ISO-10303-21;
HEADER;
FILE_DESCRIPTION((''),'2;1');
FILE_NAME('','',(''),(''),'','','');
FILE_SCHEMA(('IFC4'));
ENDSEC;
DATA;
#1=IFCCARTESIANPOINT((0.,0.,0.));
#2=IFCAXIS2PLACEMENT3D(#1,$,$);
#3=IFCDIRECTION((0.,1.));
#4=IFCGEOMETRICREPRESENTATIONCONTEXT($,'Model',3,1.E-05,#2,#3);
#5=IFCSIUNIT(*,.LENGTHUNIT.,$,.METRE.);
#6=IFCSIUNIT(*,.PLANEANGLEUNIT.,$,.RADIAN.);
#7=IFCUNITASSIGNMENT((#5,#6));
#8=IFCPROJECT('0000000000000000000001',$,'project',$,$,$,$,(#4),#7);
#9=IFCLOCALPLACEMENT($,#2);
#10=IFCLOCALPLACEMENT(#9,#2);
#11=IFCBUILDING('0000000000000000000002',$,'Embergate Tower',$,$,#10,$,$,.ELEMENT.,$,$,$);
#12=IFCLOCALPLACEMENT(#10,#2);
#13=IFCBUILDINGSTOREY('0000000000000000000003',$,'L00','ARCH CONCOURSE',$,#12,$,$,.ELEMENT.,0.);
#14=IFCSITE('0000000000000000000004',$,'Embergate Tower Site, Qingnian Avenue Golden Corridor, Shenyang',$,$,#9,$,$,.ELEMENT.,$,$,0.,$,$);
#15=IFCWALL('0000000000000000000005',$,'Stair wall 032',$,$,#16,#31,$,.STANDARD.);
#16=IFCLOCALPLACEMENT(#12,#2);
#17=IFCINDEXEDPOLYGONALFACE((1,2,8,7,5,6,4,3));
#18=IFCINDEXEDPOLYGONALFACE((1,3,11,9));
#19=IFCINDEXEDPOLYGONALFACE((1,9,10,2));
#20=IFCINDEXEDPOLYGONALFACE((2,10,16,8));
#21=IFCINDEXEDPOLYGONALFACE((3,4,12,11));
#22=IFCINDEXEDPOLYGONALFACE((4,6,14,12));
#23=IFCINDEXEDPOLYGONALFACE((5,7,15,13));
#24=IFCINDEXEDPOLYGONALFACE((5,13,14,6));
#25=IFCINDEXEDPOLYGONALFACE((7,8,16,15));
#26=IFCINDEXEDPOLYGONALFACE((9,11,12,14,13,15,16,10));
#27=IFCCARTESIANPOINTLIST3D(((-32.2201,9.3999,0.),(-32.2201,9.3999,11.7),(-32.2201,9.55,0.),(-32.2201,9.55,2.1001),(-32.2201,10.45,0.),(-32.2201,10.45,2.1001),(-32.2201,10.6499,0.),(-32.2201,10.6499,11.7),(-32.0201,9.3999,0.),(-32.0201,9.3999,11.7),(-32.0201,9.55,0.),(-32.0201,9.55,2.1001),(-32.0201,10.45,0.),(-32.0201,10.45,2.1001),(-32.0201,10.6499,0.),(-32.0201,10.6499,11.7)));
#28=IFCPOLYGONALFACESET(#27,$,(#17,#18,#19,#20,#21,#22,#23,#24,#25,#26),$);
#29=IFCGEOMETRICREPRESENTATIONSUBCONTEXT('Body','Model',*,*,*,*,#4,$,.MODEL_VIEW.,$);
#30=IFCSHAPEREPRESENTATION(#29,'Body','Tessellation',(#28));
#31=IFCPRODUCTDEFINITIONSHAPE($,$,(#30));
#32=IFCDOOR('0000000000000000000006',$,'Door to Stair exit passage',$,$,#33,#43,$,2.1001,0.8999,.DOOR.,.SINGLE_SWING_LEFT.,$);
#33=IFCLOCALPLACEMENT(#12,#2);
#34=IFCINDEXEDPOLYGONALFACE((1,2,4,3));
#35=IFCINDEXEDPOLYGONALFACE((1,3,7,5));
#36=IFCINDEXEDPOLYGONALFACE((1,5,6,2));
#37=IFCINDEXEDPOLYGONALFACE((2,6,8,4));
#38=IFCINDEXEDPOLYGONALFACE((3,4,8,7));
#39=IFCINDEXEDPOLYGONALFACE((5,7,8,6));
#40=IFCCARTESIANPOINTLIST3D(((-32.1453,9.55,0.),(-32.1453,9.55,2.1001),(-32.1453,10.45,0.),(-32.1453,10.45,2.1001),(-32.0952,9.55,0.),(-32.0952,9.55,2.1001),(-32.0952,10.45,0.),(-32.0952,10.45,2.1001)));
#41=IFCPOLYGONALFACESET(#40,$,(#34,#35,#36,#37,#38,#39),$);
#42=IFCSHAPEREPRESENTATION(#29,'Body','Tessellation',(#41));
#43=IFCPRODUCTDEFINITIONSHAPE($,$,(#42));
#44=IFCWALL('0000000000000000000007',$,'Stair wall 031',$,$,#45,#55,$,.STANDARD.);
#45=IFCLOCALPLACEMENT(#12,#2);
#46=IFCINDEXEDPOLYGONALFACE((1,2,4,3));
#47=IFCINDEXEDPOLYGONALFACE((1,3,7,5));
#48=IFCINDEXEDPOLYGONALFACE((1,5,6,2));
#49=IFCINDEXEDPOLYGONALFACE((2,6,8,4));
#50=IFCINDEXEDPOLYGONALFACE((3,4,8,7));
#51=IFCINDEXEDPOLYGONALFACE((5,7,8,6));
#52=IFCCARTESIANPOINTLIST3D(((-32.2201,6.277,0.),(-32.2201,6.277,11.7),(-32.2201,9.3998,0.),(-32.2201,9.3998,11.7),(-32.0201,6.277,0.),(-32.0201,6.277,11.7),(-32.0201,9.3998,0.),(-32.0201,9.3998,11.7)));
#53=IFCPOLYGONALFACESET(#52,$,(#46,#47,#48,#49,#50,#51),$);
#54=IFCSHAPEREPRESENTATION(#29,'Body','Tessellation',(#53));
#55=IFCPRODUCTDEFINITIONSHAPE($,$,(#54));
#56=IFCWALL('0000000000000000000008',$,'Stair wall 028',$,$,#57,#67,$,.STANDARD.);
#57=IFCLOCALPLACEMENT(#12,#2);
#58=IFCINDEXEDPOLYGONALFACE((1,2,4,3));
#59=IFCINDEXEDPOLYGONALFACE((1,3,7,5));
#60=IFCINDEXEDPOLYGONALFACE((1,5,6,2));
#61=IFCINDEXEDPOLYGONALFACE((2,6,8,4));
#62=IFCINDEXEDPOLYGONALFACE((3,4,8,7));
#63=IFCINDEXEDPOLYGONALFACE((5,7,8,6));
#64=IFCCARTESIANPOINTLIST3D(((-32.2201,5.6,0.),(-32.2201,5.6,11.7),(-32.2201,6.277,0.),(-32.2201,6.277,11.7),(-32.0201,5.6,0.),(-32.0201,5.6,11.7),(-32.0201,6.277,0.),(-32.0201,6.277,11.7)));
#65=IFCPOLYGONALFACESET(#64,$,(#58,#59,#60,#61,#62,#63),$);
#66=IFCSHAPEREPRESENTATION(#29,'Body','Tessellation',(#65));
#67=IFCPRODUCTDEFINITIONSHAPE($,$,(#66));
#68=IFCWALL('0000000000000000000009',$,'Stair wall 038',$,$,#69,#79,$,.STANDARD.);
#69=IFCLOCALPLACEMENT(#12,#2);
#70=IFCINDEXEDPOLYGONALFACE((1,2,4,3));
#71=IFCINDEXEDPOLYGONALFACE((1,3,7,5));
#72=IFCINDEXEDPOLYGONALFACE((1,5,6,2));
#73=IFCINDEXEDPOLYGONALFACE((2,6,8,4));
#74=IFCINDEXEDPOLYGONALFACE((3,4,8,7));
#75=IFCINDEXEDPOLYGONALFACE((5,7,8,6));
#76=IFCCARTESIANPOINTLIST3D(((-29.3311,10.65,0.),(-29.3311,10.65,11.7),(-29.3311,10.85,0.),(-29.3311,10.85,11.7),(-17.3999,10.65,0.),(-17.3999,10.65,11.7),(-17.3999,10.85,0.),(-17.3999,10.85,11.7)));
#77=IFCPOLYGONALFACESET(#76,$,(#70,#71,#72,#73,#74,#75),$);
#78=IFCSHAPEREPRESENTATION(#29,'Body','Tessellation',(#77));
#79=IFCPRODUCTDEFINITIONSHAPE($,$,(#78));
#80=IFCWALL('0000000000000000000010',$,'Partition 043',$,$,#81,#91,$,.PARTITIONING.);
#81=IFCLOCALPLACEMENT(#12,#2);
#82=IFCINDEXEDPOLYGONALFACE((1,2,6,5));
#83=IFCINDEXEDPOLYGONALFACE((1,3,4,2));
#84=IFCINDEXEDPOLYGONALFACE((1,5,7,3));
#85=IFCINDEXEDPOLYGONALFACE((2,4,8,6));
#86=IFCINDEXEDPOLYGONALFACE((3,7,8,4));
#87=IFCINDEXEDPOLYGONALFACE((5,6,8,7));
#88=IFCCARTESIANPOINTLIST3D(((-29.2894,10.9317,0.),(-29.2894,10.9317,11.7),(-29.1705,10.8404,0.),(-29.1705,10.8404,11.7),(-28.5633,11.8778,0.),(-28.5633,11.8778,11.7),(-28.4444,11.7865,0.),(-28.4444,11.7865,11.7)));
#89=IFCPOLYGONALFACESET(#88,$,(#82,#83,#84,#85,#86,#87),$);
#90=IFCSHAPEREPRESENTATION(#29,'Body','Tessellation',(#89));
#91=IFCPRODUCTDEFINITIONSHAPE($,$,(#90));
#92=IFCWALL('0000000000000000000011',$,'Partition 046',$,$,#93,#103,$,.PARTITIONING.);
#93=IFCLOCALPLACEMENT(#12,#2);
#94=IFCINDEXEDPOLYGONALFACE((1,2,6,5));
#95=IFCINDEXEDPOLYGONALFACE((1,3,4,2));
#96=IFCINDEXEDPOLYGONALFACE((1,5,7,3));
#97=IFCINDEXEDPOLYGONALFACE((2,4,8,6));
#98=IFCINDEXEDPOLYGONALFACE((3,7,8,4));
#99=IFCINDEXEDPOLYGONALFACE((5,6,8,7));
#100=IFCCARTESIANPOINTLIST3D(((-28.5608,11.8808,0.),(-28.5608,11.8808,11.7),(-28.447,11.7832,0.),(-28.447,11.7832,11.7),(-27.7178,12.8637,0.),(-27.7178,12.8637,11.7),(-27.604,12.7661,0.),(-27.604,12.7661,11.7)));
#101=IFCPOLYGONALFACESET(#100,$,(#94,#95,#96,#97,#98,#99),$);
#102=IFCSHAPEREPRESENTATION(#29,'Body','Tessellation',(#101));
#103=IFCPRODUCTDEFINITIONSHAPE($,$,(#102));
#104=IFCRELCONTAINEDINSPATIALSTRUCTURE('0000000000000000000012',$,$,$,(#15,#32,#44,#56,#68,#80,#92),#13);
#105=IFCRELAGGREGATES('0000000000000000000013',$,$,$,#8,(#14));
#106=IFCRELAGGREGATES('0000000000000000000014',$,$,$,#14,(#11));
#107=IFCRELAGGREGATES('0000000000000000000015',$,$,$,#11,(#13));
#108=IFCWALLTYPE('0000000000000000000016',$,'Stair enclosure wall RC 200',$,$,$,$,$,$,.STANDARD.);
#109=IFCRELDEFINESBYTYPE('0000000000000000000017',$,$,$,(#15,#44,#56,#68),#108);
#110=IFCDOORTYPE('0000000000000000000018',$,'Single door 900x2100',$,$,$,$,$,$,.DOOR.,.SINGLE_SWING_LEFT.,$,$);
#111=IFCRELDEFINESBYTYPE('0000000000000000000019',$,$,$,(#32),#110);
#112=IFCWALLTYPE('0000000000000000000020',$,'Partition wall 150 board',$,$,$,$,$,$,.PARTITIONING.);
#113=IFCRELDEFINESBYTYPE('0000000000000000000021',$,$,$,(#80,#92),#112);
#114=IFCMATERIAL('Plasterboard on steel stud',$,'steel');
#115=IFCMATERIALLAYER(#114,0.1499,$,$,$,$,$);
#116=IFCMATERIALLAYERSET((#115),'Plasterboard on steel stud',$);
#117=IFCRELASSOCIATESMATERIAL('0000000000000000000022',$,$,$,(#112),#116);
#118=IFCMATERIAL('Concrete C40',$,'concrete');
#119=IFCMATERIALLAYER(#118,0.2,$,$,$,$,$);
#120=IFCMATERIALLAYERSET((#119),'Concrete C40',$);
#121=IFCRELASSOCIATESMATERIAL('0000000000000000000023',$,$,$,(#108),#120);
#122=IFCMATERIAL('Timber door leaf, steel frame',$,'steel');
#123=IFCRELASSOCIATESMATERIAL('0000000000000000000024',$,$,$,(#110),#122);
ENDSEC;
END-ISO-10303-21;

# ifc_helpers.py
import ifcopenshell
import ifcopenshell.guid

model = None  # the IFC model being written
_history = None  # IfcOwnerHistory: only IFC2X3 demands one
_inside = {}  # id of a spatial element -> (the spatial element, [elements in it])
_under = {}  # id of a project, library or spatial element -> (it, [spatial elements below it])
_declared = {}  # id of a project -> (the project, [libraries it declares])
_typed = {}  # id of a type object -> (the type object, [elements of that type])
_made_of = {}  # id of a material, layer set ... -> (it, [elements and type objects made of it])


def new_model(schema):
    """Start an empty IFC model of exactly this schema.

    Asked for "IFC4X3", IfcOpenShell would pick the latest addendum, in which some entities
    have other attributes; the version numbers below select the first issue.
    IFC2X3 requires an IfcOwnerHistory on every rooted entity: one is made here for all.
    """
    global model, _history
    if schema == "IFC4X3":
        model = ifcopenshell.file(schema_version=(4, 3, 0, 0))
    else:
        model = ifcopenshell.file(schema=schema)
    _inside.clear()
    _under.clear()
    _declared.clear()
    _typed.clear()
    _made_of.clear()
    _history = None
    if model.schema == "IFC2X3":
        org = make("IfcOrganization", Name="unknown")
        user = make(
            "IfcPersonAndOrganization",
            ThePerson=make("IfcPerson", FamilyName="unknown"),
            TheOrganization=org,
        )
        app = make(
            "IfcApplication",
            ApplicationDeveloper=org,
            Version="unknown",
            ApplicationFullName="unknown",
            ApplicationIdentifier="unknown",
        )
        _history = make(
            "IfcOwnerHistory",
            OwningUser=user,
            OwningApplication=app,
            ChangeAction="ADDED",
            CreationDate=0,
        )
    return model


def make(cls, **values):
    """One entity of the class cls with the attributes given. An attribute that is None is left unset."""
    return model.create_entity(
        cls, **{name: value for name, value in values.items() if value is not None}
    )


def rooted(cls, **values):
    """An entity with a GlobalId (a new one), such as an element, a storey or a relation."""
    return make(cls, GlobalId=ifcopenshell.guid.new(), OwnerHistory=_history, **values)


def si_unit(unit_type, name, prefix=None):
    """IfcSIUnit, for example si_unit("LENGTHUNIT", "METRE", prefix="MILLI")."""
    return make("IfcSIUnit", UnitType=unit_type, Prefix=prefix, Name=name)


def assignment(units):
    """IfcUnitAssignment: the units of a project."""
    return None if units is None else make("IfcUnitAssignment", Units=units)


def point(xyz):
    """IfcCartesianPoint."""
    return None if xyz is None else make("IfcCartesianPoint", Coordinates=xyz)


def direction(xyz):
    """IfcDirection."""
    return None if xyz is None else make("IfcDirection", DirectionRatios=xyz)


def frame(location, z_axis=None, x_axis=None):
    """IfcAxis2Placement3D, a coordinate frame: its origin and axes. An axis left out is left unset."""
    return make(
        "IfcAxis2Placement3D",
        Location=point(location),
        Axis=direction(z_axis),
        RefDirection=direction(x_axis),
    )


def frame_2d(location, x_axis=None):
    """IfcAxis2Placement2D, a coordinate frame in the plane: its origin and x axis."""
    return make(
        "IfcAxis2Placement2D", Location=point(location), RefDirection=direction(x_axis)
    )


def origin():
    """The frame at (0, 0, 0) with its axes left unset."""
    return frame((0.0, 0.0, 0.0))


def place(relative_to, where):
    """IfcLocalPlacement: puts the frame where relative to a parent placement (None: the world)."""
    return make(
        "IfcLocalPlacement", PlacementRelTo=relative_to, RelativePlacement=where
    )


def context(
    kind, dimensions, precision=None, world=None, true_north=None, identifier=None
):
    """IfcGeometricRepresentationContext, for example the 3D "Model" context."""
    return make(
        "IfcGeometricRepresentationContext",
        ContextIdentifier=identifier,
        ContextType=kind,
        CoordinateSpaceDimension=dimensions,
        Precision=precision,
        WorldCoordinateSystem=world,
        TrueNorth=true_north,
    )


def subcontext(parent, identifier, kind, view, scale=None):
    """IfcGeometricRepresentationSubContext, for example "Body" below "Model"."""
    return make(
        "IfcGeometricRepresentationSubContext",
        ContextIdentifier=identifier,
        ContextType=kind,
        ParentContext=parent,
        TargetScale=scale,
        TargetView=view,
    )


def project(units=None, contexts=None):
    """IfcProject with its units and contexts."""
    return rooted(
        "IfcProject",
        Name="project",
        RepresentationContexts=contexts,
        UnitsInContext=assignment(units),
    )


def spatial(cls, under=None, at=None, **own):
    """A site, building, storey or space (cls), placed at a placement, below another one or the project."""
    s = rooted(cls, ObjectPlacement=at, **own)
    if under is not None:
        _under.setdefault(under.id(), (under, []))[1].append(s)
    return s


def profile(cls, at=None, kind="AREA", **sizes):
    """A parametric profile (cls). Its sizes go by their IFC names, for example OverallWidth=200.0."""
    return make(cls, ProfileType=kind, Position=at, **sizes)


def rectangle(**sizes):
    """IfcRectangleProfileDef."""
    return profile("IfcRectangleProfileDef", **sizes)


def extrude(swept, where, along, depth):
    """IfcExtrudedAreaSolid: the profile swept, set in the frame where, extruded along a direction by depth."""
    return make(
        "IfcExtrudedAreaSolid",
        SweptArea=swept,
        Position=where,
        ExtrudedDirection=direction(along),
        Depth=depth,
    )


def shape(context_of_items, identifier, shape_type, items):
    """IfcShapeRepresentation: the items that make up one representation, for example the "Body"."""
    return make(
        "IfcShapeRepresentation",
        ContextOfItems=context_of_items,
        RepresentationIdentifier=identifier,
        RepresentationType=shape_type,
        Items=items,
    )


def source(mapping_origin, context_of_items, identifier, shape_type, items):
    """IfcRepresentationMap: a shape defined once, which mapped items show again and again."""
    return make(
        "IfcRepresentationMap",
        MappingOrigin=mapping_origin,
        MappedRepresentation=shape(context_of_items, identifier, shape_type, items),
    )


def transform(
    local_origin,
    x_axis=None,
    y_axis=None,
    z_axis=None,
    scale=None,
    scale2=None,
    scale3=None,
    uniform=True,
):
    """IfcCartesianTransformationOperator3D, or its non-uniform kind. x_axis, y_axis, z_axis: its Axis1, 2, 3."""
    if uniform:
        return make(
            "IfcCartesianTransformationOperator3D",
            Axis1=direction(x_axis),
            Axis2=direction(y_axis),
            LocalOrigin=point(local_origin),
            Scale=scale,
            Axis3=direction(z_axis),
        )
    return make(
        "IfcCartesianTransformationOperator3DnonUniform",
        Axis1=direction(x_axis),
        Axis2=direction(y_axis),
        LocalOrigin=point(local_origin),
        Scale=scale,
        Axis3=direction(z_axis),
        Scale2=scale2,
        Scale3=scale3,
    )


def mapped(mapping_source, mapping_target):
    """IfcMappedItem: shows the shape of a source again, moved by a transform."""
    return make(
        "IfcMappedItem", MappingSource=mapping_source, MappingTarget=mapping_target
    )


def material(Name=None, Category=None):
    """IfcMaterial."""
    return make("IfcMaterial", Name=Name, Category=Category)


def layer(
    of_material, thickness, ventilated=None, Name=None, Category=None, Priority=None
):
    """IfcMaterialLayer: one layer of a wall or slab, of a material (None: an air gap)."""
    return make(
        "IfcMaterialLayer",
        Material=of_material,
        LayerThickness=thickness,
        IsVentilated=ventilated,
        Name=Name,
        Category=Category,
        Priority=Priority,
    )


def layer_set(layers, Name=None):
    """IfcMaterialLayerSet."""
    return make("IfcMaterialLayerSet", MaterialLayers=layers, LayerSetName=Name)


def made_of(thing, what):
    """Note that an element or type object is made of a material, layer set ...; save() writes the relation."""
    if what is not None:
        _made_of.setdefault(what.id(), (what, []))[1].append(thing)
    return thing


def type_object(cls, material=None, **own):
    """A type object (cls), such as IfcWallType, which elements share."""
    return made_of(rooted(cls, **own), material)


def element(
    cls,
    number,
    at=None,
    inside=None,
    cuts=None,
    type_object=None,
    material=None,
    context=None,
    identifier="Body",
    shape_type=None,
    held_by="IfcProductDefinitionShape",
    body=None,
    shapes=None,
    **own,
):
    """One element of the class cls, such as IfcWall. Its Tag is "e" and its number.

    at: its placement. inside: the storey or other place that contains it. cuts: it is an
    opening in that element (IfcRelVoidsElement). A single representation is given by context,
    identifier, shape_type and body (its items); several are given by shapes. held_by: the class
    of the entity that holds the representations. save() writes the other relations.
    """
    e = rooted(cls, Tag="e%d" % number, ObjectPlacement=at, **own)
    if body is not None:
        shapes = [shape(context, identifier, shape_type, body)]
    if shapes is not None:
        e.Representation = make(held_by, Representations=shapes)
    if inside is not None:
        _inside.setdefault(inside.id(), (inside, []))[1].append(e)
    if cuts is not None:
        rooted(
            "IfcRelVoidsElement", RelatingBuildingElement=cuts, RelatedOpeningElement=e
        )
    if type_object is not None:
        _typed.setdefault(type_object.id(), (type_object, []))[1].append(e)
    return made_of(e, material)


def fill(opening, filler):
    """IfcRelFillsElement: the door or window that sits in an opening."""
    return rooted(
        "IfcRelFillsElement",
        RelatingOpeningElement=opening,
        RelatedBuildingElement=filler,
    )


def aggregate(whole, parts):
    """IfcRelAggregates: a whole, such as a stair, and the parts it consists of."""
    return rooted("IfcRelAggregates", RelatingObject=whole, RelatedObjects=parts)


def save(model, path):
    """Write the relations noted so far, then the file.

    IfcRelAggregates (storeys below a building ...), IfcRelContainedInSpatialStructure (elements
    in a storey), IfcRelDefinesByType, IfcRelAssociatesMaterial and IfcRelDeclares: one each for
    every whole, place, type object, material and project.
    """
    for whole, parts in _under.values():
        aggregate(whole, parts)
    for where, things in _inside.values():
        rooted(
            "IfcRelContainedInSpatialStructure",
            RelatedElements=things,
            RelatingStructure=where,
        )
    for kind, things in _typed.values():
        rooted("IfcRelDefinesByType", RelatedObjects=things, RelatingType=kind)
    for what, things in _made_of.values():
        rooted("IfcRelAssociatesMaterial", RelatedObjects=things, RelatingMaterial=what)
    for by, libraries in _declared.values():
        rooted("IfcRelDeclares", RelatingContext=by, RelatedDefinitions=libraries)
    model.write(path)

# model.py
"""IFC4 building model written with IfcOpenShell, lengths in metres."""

from ifc_helpers import new_model, si_unit, direction, frame, frame_2d, origin, place, context, subcontext, project, spatial, rectangle, extrude, source, transform, mapped, material, layer, layer_set, type_object, element, fill, save


model = new_model("IFC4")

# Units and contexts
model_context = context("Model", 3, precision=1e-05, world=origin(), true_north=direction((0.0, 1.0)))
body_context = subcontext(model_context, "Body", "Model", "MODEL_VIEW")
ifc_project = project(units=[si_unit("LENGTHUNIT", "METRE"), si_unit("PLANEANGLEUNIT", "RADIAN")], contexts=[model_context])

# Site, building, storey
site_placement = place(None, origin())
site = spatial("IfcSite", under=ifc_project, at=site_placement, Name="Embergate Tower Site, Qingnian Avenue Golden Corridor, Shenyang", CompositionType="ELEMENT", RefElevation=0.0)
building_placement = place(site_placement, origin())
building = spatial("IfcBuilding", under=site, at=building_placement, Name="Embergate Tower", CompositionType="ELEMENT")
storey_placement = place(building_placement, origin())
storey = spatial("IfcBuildingStorey", under=building, at=storey_placement, Name="L00", Description="ARCH CONCOURSE", CompositionType="ELEMENT", Elevation=0.0)

# Shared definitions
ifc_material_1 = material(Name="Concrete C40", Category="concrete")

# Shared definitions
ifc_material_2 = material(Name="Plasterboard on steel stud", Category="steel")
ifc_layer_1 = layer(ifc_material_2, 0.1499)
ifc_layer_set_1 = layer_set([ifc_layer_1], Name="Plasterboard on steel stud")
wall_type_1 = type_object("IfcWallType", Name="Partition wall 150 board", PredefinedType="PARTITIONING", material=ifc_layer_set_1)
ifc_material_3 = material(Name="Timber door leaf, steel frame", Category="steel")

# Shared definitions
ifc_layer_2 = layer(ifc_material_1, 0.2)
ifc_layer_set_2 = layer_set([ifc_layer_2], Name="Concrete C40")
wall_type_2 = type_object("IfcWallType", Name="Stair enclosure wall RC 200", PredefinedType="STANDARD", material=ifc_layer_set_2)

# Wall, opening, door
shared_shape_1 = source(origin(), body_context, "Body", "SweptSolid", [
    extrude(rectangle(XDim=1.25, YDim=0.2, at=frame_2d((0.625, 0.0))), origin(), (0.0, 0.0, 1.0), 11.7),
])
wall_1_placement = place(storey_placement, frame((-32.1201, 10.6499, 0.0), z_axis=(0.0, 0.0, 1.0), x_axis=(0.0, -1.0, 0.0)))
wall_1 = element("IfcWall", 1, at=wall_1_placement, inside=storey, type_object=wall_type_2, Name="Stair wall 032", PredefinedType="STANDARD", context=body_context, shape_type="MappedRepresentation", body=[
    mapped(shared_shape_1, transform((0.0, 0.0, 0.0))),
])
shared_shape_2 = source(origin(), body_context, "Body", "SweptSolid", [
    extrude(rectangle(XDim=0.8999, YDim=2.1001, at=frame_2d((0.45, 1.05))), frame((0.0, 0.1099, 0.0), z_axis=(0.0, -1.0, 0.0), x_axis=(1.0, 0.0, 0.0)), (0.0, 0.0, 1.0), 0.22),
])
opening_1_placement = place(wall_1_placement, frame((0.2, 0.0, 0.0)))
opening_1 = element("IfcOpeningElement", 2, at=opening_1_placement, cuts=wall_1, PredefinedType="OPENING", context=body_context, shape_type="MappedRepresentation", body=[
    mapped(shared_shape_2, transform((0.0, 0.0, 0.0))),
])
door_type_1 = type_object("IfcDoorType", Name="Single door 900x2100", OperationType="SINGLE_SWING_LEFT", PredefinedType="DOOR", material=ifc_material_3)
shared_shape_3 = source(origin(), body_context, "Body", "SweptSolid", [
    extrude(rectangle(XDim=0.8999, YDim=2.1001, at=frame_2d((0.45, 1.05))), frame((0.0, 0.0249, 0.0), z_axis=(0.0, -1.0, 0.0), x_axis=(1.0, 0.0, 0.0)), (0.0, 0.0, 1.0), 0.05),
])
door_1_placement = place(opening_1_placement, origin())
door_1 = element("IfcDoor", 3, at=door_1_placement, inside=storey, type_object=door_type_1, Name="Door to Stair exit passage", OperationType="SINGLE_SWING_LEFT", OverallHeight=2.1001, OverallWidth=0.8999, PredefinedType="DOOR", context=body_context, shape_type="MappedRepresentation", body=[
    mapped(shared_shape_3, transform((0.0, 0.0, 0.0))),
])
fill(opening_1, door_1)

# Walls
shared_shape_4 = source(origin(), body_context, "Body", "SweptSolid", [
    extrude(rectangle(XDim=3.1228, YDim=0.2, at=frame_2d((1.5615, 0.0))), origin(), (0.0, 0.0, 1.0), 11.7),
])
wall_2_placement = place(storey_placement, frame((-32.1201, 9.3999, 0.0), z_axis=(0.0, 0.0, 1.0), x_axis=(0.0, -1.0, 0.0)))
element("IfcWall", 4, at=wall_2_placement, inside=storey, type_object=wall_type_2, Name="Stair wall 031", PredefinedType="STANDARD", context=body_context, shape_type="MappedRepresentation", body=[
    mapped(shared_shape_4, transform((0.0, 0.0, 0.0))),
])
shared_shape_5 = source(origin(), body_context, "Body", "SweptSolid", [
    extrude(rectangle(XDim=0.677, YDim=0.2, at=frame_2d((0.3384, 0.0))), origin(), (0.0, 0.0, 1.0), 11.7),
])
wall_3_placement = place(storey_placement, frame((-32.1201, 5.6001, 0.0), z_axis=(0.0, 0.0, 1.0), x_axis=(0.0, 1.0, 0.0)))
element("IfcWall", 5, at=wall_3_placement, inside=storey, type_object=wall_type_2, Name="Stair wall 028", PredefinedType="STANDARD", context=body_context, shape_type="MappedRepresentation", body=[
    mapped(shared_shape_5, transform((0.0, 0.0, 0.0))),
])
shared_shape_6 = source(origin(), body_context, "Body", "SweptSolid", [
    extrude(rectangle(XDim=11.9312, YDim=0.2, at=frame_2d((5.9656, 0.0))), origin(), (0.0, 0.0, 1.0), 11.7),
])
wall_4_placement = place(storey_placement, frame((-29.3311, 10.75, 0.0), z_axis=(0.0, 0.0, 1.0), x_axis=(1.0, 0.0, 0.0)))
element("IfcWall", 6, at=wall_4_placement, inside=storey, type_object=wall_type_2, Name="Stair wall 038", PredefinedType="STANDARD", context=body_context, shape_type="MappedRepresentation", body=[
    mapped(shared_shape_6, transform((0.0, 0.0, 0.0))),
])
shared_shape_7 = source(origin(), body_context, "Body", "SweptSolid", [
    extrude(rectangle(XDim=1.1926, YDim=0.1499, at=frame_2d((0.5962, 0.0))), origin(), (0.0, 0.0, 1.0), 11.7),
])
wall_5_placement = place(storey_placement, frame((-28.5039, 11.832, 0.0), z_axis=(0.0, 0.0, 1.0), x_axis=(-0.60884, -0.793293, 0.0)))
element("IfcWall", 7, at=wall_5_placement, inside=storey, type_object=wall_type_1, Name="Partition 043", PredefinedType="PARTITIONING", context=body_context, shape_type="MappedRepresentation", body=[
    mapped(shared_shape_7, transform((0.0, 0.0, 0.0))),
])
shared_shape_8 = source(origin(), body_context, "Body", "SweptSolid", [
    extrude(rectangle(XDim=1.2949, YDim=0.1499, at=frame_2d((0.6475, 0.0))), origin(), (0.0, 0.0, 1.0), 11.7),
])
wall_6_placement = place(storey_placement, frame((-27.6609, 12.8149, 0.0), z_axis=(0.0, 0.0, 1.0), x_axis=(-0.651024, -0.759057, 0.0)))
element("IfcWall", 8, at=wall_6_placement, inside=storey, type_object=wall_type_1, Name="Partition 046", PredefinedType="PARTITIONING", context=body_context, shape_type="MappedRepresentation", body=[
    mapped(shared_shape_8, transform((0.0, 0.0, 0.0))),
])

save(model, "model.ifc")
